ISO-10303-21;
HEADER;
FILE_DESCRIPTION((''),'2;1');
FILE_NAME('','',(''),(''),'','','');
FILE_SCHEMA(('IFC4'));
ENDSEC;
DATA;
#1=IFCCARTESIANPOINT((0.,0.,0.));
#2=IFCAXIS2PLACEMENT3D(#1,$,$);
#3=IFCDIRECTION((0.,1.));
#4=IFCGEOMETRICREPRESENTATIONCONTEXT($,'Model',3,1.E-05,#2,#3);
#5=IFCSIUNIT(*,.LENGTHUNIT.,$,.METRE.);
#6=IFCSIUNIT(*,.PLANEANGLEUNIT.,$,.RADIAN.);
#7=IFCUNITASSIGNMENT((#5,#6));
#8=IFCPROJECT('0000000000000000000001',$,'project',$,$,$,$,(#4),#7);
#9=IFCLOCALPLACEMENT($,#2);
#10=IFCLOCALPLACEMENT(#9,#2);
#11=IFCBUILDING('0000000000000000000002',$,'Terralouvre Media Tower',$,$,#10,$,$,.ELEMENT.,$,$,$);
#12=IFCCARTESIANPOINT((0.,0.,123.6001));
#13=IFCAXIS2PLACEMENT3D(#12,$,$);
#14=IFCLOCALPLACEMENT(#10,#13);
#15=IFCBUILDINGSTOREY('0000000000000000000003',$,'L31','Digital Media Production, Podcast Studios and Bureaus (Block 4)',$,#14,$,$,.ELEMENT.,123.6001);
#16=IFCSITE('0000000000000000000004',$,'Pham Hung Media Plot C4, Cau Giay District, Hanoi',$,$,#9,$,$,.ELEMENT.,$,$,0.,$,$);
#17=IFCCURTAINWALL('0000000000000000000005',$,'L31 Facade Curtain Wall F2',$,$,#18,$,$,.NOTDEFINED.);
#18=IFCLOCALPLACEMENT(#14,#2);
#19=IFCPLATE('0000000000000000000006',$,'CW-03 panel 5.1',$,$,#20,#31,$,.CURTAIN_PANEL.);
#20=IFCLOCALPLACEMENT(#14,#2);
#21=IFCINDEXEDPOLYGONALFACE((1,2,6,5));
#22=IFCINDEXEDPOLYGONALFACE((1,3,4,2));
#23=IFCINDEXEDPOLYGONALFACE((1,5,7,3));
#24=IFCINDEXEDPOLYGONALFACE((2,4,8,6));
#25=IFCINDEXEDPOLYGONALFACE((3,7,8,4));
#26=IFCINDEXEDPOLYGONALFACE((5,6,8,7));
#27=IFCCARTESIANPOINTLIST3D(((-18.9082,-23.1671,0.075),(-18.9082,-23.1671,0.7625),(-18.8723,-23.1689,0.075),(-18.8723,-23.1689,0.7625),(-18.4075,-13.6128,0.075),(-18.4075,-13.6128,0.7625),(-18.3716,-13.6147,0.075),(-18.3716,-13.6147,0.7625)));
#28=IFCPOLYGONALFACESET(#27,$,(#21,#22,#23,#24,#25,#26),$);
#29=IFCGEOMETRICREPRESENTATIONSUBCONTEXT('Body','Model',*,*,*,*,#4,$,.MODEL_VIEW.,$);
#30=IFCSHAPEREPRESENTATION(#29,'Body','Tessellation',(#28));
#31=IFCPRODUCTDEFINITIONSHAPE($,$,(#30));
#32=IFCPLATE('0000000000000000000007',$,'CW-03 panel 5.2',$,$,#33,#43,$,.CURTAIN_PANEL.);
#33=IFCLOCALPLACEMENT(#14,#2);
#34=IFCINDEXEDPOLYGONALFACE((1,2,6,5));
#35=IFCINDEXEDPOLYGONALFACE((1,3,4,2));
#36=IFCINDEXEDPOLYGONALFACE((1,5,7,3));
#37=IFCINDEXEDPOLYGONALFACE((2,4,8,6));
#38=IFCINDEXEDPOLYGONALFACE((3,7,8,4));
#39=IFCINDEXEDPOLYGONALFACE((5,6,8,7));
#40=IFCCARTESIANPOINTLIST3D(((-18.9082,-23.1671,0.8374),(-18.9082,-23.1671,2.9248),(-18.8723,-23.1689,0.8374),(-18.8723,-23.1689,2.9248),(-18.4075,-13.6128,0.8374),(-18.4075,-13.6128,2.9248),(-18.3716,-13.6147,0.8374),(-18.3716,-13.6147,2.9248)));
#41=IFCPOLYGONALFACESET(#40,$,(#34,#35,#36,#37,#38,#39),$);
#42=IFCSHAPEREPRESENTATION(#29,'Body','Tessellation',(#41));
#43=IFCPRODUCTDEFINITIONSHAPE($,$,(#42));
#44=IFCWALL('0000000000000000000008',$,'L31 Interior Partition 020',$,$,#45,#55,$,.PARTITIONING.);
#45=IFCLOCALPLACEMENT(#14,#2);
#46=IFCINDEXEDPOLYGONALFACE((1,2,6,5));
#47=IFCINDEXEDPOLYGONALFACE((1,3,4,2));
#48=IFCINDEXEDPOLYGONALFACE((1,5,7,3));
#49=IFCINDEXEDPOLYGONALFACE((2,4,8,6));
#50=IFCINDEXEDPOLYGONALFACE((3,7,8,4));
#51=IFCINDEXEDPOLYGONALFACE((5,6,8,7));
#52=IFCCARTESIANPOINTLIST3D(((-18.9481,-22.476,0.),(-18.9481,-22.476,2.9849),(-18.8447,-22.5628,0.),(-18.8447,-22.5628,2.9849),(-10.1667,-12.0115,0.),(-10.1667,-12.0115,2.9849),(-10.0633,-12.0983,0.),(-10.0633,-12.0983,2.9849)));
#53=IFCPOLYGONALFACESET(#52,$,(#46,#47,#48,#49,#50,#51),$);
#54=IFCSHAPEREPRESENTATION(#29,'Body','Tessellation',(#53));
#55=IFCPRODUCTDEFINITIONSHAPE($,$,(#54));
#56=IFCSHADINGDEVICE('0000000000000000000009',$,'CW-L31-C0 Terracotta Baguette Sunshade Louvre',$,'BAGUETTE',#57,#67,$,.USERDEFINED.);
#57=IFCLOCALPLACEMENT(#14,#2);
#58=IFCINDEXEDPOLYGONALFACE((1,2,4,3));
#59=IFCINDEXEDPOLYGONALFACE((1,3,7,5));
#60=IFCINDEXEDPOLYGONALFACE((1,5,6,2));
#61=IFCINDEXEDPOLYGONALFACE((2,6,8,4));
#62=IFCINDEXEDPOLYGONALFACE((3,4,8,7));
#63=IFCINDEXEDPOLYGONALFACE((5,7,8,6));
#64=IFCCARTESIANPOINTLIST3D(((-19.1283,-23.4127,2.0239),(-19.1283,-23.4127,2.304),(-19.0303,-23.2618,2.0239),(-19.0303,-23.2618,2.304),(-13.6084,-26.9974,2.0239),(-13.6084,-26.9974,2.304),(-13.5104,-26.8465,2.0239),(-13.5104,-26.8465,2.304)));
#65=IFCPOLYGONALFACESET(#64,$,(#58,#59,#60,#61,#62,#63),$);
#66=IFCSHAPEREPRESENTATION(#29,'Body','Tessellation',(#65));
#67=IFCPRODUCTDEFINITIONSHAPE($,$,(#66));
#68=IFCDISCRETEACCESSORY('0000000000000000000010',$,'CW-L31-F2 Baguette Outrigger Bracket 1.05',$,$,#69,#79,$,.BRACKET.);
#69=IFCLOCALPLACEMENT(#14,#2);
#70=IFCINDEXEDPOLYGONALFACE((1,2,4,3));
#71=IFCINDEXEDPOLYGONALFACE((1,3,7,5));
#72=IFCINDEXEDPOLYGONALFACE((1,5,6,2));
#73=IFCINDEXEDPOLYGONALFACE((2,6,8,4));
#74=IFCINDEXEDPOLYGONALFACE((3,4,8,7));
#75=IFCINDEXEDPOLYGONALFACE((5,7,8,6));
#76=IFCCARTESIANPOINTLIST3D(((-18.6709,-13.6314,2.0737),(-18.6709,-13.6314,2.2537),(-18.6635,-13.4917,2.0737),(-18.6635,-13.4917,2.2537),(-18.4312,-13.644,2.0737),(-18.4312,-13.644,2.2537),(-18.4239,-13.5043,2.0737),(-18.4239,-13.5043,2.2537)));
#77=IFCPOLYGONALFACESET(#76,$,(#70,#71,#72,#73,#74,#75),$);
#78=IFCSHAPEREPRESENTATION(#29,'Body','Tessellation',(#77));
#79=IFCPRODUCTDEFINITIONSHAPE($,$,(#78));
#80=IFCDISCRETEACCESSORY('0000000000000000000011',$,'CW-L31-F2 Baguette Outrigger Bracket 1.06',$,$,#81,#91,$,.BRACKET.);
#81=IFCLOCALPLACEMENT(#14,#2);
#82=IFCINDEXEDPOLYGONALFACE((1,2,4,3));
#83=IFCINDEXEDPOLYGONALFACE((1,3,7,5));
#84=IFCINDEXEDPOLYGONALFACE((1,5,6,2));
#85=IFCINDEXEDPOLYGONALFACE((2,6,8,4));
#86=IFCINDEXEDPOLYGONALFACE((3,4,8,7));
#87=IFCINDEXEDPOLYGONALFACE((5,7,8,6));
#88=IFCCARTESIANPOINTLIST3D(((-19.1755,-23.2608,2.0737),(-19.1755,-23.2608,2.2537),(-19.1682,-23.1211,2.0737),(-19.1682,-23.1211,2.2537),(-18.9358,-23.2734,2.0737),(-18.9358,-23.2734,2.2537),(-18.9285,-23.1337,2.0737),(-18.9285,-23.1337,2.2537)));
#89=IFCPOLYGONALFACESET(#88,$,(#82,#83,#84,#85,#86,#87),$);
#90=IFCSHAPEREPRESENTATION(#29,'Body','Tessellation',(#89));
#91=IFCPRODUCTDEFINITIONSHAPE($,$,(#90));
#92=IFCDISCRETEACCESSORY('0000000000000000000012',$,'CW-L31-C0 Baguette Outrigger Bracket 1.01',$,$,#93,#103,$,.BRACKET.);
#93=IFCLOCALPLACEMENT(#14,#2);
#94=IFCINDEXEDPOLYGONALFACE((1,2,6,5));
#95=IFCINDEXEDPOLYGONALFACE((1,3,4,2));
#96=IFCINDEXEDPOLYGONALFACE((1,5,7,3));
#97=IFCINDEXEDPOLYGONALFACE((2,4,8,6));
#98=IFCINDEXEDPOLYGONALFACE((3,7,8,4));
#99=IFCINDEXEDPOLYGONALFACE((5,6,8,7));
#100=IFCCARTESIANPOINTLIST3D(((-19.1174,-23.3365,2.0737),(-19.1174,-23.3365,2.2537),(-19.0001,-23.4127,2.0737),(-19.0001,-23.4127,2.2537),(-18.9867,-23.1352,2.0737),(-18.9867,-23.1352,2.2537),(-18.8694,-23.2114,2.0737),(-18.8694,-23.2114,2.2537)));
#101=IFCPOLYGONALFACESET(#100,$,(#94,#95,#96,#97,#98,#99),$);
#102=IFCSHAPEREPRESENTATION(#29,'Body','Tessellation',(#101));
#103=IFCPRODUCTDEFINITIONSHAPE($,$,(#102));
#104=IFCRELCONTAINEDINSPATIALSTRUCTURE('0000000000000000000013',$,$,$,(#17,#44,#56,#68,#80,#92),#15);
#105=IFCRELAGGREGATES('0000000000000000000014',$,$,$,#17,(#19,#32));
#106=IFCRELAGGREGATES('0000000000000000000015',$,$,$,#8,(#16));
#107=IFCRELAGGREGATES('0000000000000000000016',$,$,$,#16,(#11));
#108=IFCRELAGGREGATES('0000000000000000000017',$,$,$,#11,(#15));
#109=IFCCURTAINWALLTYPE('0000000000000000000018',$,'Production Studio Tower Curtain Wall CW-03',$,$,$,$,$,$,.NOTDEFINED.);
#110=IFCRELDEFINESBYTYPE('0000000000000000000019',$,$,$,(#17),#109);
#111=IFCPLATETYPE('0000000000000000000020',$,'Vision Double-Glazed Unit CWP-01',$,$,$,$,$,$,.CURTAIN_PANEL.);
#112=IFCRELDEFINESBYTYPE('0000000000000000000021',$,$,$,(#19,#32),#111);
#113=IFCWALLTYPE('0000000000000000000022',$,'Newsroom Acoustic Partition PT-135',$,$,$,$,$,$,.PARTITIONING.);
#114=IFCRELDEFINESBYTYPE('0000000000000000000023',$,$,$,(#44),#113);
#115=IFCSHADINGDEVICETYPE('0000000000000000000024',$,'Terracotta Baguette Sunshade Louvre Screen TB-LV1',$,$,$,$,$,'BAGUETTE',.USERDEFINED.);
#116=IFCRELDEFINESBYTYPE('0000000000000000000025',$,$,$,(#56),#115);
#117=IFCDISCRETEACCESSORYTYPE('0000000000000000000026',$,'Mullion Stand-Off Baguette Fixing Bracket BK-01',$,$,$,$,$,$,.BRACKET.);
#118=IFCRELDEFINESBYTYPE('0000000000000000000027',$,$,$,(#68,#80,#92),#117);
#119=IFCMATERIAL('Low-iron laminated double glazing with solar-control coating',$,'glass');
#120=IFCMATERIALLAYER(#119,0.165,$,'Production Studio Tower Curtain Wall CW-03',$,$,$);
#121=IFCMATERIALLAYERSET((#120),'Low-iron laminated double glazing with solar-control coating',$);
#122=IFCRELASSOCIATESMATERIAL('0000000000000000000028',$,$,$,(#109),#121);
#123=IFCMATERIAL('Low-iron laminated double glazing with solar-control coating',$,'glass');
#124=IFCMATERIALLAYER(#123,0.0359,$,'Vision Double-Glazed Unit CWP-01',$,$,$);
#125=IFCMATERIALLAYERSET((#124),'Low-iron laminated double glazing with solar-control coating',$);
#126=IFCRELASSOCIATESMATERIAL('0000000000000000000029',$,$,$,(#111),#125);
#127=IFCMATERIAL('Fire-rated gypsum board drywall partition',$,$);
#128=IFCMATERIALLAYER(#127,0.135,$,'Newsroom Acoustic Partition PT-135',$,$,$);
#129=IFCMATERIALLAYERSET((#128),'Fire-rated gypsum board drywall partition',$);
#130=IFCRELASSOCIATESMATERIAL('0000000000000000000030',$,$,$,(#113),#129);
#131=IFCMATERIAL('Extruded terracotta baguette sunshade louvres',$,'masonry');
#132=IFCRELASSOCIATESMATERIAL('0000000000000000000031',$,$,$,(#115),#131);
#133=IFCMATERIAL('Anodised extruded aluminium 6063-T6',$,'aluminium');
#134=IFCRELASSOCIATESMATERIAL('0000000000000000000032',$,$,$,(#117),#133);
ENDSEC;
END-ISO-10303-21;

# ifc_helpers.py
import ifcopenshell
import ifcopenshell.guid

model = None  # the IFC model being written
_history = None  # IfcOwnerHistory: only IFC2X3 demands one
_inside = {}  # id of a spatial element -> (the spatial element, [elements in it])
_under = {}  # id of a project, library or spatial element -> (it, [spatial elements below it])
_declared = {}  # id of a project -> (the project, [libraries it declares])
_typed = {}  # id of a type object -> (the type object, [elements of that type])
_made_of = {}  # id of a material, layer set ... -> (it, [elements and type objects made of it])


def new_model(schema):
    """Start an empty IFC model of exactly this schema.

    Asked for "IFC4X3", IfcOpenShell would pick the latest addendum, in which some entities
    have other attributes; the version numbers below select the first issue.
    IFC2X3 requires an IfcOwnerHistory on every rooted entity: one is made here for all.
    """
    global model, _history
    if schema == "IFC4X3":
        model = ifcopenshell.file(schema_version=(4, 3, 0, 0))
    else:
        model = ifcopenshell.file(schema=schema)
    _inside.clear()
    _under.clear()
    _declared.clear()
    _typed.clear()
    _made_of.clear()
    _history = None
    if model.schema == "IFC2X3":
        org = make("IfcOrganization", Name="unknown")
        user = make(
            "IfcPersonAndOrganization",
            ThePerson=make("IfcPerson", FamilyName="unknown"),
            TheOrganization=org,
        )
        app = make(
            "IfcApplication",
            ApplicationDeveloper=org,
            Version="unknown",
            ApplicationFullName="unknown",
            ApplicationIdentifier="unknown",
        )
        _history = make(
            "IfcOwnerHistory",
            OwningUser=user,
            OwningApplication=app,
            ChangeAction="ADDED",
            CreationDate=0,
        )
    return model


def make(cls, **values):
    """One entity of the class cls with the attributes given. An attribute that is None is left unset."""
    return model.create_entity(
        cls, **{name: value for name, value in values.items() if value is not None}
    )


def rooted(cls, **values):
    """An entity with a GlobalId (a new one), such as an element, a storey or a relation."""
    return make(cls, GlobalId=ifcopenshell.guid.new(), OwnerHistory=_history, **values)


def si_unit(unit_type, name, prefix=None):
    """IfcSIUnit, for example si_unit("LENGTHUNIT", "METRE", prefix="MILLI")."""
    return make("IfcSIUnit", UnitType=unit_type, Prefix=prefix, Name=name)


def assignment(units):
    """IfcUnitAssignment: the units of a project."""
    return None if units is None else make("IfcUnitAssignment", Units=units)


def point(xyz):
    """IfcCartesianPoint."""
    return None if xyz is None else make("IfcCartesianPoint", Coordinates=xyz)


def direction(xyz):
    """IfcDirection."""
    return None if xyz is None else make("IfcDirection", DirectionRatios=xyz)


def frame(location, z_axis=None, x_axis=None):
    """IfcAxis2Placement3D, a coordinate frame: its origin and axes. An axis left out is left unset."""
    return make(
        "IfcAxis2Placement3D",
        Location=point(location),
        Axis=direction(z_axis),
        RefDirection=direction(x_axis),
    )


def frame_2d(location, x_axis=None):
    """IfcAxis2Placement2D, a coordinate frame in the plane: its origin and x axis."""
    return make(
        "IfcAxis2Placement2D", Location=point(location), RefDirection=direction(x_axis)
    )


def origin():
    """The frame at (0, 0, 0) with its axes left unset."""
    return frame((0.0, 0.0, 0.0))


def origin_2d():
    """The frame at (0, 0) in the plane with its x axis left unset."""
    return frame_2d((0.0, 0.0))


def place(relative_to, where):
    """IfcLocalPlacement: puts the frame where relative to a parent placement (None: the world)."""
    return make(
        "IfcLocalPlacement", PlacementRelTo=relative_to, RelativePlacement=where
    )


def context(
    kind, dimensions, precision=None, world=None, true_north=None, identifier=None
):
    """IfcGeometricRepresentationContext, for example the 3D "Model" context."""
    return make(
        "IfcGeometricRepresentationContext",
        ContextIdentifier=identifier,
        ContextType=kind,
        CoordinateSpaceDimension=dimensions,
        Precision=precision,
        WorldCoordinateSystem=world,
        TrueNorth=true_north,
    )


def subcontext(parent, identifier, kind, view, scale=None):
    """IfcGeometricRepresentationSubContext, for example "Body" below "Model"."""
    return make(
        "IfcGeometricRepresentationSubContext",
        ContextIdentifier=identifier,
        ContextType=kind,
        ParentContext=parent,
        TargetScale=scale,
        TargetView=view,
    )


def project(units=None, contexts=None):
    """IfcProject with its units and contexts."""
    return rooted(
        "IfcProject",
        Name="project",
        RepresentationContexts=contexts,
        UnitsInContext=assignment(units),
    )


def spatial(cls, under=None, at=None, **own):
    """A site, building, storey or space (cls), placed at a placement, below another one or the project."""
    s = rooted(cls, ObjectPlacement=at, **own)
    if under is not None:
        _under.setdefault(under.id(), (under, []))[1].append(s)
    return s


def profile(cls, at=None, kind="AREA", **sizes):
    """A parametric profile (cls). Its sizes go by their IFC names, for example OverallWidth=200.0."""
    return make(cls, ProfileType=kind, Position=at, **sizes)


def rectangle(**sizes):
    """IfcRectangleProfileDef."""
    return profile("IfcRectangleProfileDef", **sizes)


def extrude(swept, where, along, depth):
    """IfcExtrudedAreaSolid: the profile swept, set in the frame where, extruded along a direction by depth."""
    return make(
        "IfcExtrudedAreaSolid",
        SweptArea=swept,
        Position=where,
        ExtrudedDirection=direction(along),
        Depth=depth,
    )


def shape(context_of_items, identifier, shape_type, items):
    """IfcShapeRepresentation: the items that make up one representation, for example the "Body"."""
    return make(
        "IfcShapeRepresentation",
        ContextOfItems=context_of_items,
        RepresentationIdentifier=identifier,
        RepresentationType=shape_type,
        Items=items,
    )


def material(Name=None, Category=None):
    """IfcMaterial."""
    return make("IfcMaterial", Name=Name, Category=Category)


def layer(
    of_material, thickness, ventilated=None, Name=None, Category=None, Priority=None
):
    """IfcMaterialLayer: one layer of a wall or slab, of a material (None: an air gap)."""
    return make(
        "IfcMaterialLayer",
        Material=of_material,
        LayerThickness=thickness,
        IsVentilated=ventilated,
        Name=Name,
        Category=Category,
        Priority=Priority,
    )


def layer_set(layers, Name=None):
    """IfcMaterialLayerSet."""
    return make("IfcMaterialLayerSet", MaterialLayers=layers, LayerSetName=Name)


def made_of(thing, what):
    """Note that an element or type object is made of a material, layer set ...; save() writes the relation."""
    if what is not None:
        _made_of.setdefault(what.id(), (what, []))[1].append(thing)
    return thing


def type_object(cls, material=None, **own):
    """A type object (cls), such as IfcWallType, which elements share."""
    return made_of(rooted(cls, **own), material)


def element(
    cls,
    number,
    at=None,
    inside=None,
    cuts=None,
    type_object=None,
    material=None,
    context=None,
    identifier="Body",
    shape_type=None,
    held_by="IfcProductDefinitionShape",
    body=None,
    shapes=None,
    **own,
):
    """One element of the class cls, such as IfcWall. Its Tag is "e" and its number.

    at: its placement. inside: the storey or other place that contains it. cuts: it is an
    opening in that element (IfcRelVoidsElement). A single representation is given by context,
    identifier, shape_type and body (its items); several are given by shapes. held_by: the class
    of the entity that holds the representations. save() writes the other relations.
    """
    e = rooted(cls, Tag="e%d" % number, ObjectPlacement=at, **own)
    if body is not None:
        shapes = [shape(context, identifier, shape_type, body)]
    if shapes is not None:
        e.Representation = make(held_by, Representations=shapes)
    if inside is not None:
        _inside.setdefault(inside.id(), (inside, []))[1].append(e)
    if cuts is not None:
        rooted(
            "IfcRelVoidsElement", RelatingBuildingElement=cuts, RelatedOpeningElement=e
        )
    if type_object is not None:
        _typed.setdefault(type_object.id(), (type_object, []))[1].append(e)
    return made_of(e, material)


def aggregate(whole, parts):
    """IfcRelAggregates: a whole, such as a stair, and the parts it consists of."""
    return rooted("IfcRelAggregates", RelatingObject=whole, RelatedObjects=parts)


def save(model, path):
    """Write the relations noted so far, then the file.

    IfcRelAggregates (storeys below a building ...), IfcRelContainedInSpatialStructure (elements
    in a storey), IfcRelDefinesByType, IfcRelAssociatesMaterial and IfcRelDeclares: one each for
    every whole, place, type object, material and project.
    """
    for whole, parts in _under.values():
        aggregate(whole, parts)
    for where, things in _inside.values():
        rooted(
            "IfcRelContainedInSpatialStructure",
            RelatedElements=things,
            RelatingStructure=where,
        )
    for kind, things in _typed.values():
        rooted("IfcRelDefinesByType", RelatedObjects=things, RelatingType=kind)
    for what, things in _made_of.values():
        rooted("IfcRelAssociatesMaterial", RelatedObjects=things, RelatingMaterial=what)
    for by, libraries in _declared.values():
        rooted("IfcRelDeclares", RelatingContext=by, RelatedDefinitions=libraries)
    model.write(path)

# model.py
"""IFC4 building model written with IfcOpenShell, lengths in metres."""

from ifc_helpers import new_model, si_unit, direction, frame, frame_2d, origin, origin_2d, place, context, subcontext, project, spatial, rectangle, extrude, material, layer, layer_set, type_object, element, aggregate, save


model = new_model("IFC4")

# Units and contexts
model_context = context("Model", 3, precision=1e-05, world=origin(), true_north=direction((0.0, 1.0)))
body_context = subcontext(model_context, "Body", "Model", "MODEL_VIEW")
ifc_project = project(units=[si_unit("LENGTHUNIT", "METRE"), si_unit("PLANEANGLEUNIT", "RADIAN")], contexts=[model_context])

# Site, building, storey
site_placement = place(None, origin())
site = spatial("IfcSite", under=ifc_project, at=site_placement, Name="Pham Hung Media Plot C4, Cau Giay District, Hanoi", CompositionType="ELEMENT", RefElevation=0.0)
building_placement = place(site_placement, origin())
building = spatial("IfcBuilding", under=site, at=building_placement, Name="Terralouvre Media Tower", CompositionType="ELEMENT")
storey_placement = place(building_placement, frame((0.0, 0.0, 123.6001)))
storey = spatial("IfcBuildingStorey", under=building, at=storey_placement, Name="L31", Description="Digital Media Production, Podcast Studios and Bureaus (Block 4)", CompositionType="ELEMENT", Elevation=123.6001)

# Curtain wall
ifc_material_1 = material(Name="Low-iron laminated double glazing with solar-control coating", Category="glass")
ifc_layer_1 = layer(ifc_material_1, 0.165, Name="Production Studio Tower Curtain Wall CW-03")
ifc_layer_set_1 = layer_set([ifc_layer_1], Name="Low-iron laminated double glazing with solar-control coating")
curtain_wall_type_1 = type_object("IfcCurtainWallType", Name="Production Studio Tower Curtain Wall CW-03", PredefinedType="NOTDEFINED", material=ifc_layer_set_1)
curtain_wall_1_placement = place(storey_placement, origin())
curtain_wall_1 = element("IfcCurtainWall", 1, at=curtain_wall_1_placement, inside=storey, type_object=curtain_wall_type_1, Name="L31 Facade Curtain Wall F2", PredefinedType="NOTDEFINED")

# Plates
ifc_material_2 = material(Name="Low-iron laminated double glazing with solar-control coating", Category="glass")
ifc_layer_2 = layer(ifc_material_2, 0.0359, Name="Vision Double-Glazed Unit CWP-01")
ifc_layer_set_2 = layer_set([ifc_layer_2], Name="Low-iron laminated double glazing with solar-control coating")
plate_type_1 = type_object("IfcPlateType", Name="Vision Double-Glazed Unit CWP-01", PredefinedType="CURTAIN_PANEL", material=ifc_layer_set_2)
plate_1_placement = place(storey_placement, frame((-18.6399, -18.3909, 0.075), z_axis=(0.0, 0.0, 1.0), x_axis=(-0.052336, -0.99863, 0.0)))
plate_1 = element("IfcPlate", 2, at=plate_1_placement, type_object=plate_type_1, Name="CW-03 panel 5.1", PredefinedType="CURTAIN_PANEL", context=body_context, shape_type="SweptSolid", body=[
    extrude(rectangle(XDim=9.5674, YDim=0.0359, at=origin_2d()), origin(), (0.0, 0.0, 1.0), 0.6875),
])
plate_2_placement = place(storey_placement, frame((-18.6399, -18.3909, 0.8374), z_axis=(0.0, 0.0, 1.0), x_axis=(-0.052336, -0.99863, 0.0)))
plate_2 = element("IfcPlate", 3, at=plate_2_placement, type_object=plate_type_1, Name="CW-03 panel 5.2", PredefinedType="CURTAIN_PANEL", context=body_context, shape_type="SweptSolid", body=[
    extrude(rectangle(XDim=9.5674, YDim=0.0359, at=origin_2d()), origin(), (0.0, 0.0, 1.0), 2.0874),
])
aggregate(curtain_wall_1, [plate_1, plate_2])

# Wall
ifc_material_3 = material(Name="Fire-rated gypsum board drywall partition")
ifc_layer_3 = layer(ifc_material_3, 0.135, Name="Newsroom Acoustic Partition PT-135")
ifc_layer_set_3 = layer_set([ifc_layer_3], Name="Fire-rated gypsum board drywall partition")
wall_type = type_object("IfcWallType", Name="Newsroom Acoustic Partition PT-135", PredefinedType="PARTITIONING", material=ifc_layer_set_3)
wall_placement = place(storey_placement, frame((-18.8965, -22.5195, 0.0), z_axis=(0.0, 0.0, 1.0), x_axis=(0.642816, 0.766021, 0.0)))
element("IfcWall", 4, at=wall_placement, inside=storey, type_object=wall_type, Name="L31 Interior Partition 020", PredefinedType="PARTITIONING", context=body_context, shape_type="SweptSolid", body=[
    extrude(rectangle(XDim=13.6609, YDim=0.135, at=frame_2d((6.8306, 0.0))), origin(), (0.0, 0.0, 1.0), 2.9849),
])

# Shading device
ifc_material_4 = material(Name="Extruded terracotta baguette sunshade louvres", Category="masonry")
shading_device_type = type_object("IfcShadingDeviceType", Name="Terracotta Baguette Sunshade Louvre Screen TB-LV1", ElementType="BAGUETTE", PredefinedType="USERDEFINED", material=ifc_material_4)
shading_device_placement = place(storey_placement, frame((-16.3193, -25.1296, 2.0239), z_axis=(0.0, 0.0, 1.0), x_axis=(0.83867, -0.544639, 0.0)))
element("IfcShadingDevice", 5, at=shading_device_placement, inside=storey, type_object=shading_device_type, Name="CW-L31-C0 Terracotta Baguette Sunshade Louvre", ObjectType="BAGUETTE", PredefinedType="USERDEFINED", context=body_context, shape_type="SweptSolid", body=[
    extrude(rectangle(XDim=6.5818, YDim=0.1799, at=origin_2d()), origin(), (0.0, 0.0, 1.0), 0.28),
])

# Discrete accessories
ifc_material_5 = material(Name="Anodised extruded aluminium 6063-T6", Category="aluminium")
discrete_accessory_type = type_object("IfcDiscreteAccessoryType", Name="Mullion Stand-Off Baguette Fixing Bracket BK-01", PredefinedType="BRACKET", material=ifc_material_5)
for number, where, z_axis, x_axis, name in (
    (6, (-18.5474, -13.5679, 2.0737), (0.0, 0.0, 1.0), (-0.052336, -0.99863, 0.0), "CW-L31-F2 Baguette Outrigger Bracket 1.05"),
    (7, (-19.052, -23.1973, 2.0737), (0.0, 0.0, 1.0), (-0.052336, -0.99863, 0.0), "CW-L31-F2 Baguette Outrigger Bracket 1.06"),
    (8, (-18.9934, -23.2739, 2.0737), (0.0, 0.0, 1.0), (0.83867, -0.544639, 0.0), "CW-L31-C0 Baguette Outrigger Bracket 1.01"),
):
    element("IfcDiscreteAccessory", number, at=place(storey_placement, frame(where, z_axis=z_axis, x_axis=x_axis)), inside=storey, type_object=discrete_accessory_type, Name=name, PredefinedType="BRACKET", context=body_context, shape_type="SweptSolid", body=[
        extrude(rectangle(XDim=0.1399, YDim=0.24, at=origin_2d()), origin(), (0.0, 0.0, 1.0), 0.1799),
    ])

save(model, "model.ifc")
